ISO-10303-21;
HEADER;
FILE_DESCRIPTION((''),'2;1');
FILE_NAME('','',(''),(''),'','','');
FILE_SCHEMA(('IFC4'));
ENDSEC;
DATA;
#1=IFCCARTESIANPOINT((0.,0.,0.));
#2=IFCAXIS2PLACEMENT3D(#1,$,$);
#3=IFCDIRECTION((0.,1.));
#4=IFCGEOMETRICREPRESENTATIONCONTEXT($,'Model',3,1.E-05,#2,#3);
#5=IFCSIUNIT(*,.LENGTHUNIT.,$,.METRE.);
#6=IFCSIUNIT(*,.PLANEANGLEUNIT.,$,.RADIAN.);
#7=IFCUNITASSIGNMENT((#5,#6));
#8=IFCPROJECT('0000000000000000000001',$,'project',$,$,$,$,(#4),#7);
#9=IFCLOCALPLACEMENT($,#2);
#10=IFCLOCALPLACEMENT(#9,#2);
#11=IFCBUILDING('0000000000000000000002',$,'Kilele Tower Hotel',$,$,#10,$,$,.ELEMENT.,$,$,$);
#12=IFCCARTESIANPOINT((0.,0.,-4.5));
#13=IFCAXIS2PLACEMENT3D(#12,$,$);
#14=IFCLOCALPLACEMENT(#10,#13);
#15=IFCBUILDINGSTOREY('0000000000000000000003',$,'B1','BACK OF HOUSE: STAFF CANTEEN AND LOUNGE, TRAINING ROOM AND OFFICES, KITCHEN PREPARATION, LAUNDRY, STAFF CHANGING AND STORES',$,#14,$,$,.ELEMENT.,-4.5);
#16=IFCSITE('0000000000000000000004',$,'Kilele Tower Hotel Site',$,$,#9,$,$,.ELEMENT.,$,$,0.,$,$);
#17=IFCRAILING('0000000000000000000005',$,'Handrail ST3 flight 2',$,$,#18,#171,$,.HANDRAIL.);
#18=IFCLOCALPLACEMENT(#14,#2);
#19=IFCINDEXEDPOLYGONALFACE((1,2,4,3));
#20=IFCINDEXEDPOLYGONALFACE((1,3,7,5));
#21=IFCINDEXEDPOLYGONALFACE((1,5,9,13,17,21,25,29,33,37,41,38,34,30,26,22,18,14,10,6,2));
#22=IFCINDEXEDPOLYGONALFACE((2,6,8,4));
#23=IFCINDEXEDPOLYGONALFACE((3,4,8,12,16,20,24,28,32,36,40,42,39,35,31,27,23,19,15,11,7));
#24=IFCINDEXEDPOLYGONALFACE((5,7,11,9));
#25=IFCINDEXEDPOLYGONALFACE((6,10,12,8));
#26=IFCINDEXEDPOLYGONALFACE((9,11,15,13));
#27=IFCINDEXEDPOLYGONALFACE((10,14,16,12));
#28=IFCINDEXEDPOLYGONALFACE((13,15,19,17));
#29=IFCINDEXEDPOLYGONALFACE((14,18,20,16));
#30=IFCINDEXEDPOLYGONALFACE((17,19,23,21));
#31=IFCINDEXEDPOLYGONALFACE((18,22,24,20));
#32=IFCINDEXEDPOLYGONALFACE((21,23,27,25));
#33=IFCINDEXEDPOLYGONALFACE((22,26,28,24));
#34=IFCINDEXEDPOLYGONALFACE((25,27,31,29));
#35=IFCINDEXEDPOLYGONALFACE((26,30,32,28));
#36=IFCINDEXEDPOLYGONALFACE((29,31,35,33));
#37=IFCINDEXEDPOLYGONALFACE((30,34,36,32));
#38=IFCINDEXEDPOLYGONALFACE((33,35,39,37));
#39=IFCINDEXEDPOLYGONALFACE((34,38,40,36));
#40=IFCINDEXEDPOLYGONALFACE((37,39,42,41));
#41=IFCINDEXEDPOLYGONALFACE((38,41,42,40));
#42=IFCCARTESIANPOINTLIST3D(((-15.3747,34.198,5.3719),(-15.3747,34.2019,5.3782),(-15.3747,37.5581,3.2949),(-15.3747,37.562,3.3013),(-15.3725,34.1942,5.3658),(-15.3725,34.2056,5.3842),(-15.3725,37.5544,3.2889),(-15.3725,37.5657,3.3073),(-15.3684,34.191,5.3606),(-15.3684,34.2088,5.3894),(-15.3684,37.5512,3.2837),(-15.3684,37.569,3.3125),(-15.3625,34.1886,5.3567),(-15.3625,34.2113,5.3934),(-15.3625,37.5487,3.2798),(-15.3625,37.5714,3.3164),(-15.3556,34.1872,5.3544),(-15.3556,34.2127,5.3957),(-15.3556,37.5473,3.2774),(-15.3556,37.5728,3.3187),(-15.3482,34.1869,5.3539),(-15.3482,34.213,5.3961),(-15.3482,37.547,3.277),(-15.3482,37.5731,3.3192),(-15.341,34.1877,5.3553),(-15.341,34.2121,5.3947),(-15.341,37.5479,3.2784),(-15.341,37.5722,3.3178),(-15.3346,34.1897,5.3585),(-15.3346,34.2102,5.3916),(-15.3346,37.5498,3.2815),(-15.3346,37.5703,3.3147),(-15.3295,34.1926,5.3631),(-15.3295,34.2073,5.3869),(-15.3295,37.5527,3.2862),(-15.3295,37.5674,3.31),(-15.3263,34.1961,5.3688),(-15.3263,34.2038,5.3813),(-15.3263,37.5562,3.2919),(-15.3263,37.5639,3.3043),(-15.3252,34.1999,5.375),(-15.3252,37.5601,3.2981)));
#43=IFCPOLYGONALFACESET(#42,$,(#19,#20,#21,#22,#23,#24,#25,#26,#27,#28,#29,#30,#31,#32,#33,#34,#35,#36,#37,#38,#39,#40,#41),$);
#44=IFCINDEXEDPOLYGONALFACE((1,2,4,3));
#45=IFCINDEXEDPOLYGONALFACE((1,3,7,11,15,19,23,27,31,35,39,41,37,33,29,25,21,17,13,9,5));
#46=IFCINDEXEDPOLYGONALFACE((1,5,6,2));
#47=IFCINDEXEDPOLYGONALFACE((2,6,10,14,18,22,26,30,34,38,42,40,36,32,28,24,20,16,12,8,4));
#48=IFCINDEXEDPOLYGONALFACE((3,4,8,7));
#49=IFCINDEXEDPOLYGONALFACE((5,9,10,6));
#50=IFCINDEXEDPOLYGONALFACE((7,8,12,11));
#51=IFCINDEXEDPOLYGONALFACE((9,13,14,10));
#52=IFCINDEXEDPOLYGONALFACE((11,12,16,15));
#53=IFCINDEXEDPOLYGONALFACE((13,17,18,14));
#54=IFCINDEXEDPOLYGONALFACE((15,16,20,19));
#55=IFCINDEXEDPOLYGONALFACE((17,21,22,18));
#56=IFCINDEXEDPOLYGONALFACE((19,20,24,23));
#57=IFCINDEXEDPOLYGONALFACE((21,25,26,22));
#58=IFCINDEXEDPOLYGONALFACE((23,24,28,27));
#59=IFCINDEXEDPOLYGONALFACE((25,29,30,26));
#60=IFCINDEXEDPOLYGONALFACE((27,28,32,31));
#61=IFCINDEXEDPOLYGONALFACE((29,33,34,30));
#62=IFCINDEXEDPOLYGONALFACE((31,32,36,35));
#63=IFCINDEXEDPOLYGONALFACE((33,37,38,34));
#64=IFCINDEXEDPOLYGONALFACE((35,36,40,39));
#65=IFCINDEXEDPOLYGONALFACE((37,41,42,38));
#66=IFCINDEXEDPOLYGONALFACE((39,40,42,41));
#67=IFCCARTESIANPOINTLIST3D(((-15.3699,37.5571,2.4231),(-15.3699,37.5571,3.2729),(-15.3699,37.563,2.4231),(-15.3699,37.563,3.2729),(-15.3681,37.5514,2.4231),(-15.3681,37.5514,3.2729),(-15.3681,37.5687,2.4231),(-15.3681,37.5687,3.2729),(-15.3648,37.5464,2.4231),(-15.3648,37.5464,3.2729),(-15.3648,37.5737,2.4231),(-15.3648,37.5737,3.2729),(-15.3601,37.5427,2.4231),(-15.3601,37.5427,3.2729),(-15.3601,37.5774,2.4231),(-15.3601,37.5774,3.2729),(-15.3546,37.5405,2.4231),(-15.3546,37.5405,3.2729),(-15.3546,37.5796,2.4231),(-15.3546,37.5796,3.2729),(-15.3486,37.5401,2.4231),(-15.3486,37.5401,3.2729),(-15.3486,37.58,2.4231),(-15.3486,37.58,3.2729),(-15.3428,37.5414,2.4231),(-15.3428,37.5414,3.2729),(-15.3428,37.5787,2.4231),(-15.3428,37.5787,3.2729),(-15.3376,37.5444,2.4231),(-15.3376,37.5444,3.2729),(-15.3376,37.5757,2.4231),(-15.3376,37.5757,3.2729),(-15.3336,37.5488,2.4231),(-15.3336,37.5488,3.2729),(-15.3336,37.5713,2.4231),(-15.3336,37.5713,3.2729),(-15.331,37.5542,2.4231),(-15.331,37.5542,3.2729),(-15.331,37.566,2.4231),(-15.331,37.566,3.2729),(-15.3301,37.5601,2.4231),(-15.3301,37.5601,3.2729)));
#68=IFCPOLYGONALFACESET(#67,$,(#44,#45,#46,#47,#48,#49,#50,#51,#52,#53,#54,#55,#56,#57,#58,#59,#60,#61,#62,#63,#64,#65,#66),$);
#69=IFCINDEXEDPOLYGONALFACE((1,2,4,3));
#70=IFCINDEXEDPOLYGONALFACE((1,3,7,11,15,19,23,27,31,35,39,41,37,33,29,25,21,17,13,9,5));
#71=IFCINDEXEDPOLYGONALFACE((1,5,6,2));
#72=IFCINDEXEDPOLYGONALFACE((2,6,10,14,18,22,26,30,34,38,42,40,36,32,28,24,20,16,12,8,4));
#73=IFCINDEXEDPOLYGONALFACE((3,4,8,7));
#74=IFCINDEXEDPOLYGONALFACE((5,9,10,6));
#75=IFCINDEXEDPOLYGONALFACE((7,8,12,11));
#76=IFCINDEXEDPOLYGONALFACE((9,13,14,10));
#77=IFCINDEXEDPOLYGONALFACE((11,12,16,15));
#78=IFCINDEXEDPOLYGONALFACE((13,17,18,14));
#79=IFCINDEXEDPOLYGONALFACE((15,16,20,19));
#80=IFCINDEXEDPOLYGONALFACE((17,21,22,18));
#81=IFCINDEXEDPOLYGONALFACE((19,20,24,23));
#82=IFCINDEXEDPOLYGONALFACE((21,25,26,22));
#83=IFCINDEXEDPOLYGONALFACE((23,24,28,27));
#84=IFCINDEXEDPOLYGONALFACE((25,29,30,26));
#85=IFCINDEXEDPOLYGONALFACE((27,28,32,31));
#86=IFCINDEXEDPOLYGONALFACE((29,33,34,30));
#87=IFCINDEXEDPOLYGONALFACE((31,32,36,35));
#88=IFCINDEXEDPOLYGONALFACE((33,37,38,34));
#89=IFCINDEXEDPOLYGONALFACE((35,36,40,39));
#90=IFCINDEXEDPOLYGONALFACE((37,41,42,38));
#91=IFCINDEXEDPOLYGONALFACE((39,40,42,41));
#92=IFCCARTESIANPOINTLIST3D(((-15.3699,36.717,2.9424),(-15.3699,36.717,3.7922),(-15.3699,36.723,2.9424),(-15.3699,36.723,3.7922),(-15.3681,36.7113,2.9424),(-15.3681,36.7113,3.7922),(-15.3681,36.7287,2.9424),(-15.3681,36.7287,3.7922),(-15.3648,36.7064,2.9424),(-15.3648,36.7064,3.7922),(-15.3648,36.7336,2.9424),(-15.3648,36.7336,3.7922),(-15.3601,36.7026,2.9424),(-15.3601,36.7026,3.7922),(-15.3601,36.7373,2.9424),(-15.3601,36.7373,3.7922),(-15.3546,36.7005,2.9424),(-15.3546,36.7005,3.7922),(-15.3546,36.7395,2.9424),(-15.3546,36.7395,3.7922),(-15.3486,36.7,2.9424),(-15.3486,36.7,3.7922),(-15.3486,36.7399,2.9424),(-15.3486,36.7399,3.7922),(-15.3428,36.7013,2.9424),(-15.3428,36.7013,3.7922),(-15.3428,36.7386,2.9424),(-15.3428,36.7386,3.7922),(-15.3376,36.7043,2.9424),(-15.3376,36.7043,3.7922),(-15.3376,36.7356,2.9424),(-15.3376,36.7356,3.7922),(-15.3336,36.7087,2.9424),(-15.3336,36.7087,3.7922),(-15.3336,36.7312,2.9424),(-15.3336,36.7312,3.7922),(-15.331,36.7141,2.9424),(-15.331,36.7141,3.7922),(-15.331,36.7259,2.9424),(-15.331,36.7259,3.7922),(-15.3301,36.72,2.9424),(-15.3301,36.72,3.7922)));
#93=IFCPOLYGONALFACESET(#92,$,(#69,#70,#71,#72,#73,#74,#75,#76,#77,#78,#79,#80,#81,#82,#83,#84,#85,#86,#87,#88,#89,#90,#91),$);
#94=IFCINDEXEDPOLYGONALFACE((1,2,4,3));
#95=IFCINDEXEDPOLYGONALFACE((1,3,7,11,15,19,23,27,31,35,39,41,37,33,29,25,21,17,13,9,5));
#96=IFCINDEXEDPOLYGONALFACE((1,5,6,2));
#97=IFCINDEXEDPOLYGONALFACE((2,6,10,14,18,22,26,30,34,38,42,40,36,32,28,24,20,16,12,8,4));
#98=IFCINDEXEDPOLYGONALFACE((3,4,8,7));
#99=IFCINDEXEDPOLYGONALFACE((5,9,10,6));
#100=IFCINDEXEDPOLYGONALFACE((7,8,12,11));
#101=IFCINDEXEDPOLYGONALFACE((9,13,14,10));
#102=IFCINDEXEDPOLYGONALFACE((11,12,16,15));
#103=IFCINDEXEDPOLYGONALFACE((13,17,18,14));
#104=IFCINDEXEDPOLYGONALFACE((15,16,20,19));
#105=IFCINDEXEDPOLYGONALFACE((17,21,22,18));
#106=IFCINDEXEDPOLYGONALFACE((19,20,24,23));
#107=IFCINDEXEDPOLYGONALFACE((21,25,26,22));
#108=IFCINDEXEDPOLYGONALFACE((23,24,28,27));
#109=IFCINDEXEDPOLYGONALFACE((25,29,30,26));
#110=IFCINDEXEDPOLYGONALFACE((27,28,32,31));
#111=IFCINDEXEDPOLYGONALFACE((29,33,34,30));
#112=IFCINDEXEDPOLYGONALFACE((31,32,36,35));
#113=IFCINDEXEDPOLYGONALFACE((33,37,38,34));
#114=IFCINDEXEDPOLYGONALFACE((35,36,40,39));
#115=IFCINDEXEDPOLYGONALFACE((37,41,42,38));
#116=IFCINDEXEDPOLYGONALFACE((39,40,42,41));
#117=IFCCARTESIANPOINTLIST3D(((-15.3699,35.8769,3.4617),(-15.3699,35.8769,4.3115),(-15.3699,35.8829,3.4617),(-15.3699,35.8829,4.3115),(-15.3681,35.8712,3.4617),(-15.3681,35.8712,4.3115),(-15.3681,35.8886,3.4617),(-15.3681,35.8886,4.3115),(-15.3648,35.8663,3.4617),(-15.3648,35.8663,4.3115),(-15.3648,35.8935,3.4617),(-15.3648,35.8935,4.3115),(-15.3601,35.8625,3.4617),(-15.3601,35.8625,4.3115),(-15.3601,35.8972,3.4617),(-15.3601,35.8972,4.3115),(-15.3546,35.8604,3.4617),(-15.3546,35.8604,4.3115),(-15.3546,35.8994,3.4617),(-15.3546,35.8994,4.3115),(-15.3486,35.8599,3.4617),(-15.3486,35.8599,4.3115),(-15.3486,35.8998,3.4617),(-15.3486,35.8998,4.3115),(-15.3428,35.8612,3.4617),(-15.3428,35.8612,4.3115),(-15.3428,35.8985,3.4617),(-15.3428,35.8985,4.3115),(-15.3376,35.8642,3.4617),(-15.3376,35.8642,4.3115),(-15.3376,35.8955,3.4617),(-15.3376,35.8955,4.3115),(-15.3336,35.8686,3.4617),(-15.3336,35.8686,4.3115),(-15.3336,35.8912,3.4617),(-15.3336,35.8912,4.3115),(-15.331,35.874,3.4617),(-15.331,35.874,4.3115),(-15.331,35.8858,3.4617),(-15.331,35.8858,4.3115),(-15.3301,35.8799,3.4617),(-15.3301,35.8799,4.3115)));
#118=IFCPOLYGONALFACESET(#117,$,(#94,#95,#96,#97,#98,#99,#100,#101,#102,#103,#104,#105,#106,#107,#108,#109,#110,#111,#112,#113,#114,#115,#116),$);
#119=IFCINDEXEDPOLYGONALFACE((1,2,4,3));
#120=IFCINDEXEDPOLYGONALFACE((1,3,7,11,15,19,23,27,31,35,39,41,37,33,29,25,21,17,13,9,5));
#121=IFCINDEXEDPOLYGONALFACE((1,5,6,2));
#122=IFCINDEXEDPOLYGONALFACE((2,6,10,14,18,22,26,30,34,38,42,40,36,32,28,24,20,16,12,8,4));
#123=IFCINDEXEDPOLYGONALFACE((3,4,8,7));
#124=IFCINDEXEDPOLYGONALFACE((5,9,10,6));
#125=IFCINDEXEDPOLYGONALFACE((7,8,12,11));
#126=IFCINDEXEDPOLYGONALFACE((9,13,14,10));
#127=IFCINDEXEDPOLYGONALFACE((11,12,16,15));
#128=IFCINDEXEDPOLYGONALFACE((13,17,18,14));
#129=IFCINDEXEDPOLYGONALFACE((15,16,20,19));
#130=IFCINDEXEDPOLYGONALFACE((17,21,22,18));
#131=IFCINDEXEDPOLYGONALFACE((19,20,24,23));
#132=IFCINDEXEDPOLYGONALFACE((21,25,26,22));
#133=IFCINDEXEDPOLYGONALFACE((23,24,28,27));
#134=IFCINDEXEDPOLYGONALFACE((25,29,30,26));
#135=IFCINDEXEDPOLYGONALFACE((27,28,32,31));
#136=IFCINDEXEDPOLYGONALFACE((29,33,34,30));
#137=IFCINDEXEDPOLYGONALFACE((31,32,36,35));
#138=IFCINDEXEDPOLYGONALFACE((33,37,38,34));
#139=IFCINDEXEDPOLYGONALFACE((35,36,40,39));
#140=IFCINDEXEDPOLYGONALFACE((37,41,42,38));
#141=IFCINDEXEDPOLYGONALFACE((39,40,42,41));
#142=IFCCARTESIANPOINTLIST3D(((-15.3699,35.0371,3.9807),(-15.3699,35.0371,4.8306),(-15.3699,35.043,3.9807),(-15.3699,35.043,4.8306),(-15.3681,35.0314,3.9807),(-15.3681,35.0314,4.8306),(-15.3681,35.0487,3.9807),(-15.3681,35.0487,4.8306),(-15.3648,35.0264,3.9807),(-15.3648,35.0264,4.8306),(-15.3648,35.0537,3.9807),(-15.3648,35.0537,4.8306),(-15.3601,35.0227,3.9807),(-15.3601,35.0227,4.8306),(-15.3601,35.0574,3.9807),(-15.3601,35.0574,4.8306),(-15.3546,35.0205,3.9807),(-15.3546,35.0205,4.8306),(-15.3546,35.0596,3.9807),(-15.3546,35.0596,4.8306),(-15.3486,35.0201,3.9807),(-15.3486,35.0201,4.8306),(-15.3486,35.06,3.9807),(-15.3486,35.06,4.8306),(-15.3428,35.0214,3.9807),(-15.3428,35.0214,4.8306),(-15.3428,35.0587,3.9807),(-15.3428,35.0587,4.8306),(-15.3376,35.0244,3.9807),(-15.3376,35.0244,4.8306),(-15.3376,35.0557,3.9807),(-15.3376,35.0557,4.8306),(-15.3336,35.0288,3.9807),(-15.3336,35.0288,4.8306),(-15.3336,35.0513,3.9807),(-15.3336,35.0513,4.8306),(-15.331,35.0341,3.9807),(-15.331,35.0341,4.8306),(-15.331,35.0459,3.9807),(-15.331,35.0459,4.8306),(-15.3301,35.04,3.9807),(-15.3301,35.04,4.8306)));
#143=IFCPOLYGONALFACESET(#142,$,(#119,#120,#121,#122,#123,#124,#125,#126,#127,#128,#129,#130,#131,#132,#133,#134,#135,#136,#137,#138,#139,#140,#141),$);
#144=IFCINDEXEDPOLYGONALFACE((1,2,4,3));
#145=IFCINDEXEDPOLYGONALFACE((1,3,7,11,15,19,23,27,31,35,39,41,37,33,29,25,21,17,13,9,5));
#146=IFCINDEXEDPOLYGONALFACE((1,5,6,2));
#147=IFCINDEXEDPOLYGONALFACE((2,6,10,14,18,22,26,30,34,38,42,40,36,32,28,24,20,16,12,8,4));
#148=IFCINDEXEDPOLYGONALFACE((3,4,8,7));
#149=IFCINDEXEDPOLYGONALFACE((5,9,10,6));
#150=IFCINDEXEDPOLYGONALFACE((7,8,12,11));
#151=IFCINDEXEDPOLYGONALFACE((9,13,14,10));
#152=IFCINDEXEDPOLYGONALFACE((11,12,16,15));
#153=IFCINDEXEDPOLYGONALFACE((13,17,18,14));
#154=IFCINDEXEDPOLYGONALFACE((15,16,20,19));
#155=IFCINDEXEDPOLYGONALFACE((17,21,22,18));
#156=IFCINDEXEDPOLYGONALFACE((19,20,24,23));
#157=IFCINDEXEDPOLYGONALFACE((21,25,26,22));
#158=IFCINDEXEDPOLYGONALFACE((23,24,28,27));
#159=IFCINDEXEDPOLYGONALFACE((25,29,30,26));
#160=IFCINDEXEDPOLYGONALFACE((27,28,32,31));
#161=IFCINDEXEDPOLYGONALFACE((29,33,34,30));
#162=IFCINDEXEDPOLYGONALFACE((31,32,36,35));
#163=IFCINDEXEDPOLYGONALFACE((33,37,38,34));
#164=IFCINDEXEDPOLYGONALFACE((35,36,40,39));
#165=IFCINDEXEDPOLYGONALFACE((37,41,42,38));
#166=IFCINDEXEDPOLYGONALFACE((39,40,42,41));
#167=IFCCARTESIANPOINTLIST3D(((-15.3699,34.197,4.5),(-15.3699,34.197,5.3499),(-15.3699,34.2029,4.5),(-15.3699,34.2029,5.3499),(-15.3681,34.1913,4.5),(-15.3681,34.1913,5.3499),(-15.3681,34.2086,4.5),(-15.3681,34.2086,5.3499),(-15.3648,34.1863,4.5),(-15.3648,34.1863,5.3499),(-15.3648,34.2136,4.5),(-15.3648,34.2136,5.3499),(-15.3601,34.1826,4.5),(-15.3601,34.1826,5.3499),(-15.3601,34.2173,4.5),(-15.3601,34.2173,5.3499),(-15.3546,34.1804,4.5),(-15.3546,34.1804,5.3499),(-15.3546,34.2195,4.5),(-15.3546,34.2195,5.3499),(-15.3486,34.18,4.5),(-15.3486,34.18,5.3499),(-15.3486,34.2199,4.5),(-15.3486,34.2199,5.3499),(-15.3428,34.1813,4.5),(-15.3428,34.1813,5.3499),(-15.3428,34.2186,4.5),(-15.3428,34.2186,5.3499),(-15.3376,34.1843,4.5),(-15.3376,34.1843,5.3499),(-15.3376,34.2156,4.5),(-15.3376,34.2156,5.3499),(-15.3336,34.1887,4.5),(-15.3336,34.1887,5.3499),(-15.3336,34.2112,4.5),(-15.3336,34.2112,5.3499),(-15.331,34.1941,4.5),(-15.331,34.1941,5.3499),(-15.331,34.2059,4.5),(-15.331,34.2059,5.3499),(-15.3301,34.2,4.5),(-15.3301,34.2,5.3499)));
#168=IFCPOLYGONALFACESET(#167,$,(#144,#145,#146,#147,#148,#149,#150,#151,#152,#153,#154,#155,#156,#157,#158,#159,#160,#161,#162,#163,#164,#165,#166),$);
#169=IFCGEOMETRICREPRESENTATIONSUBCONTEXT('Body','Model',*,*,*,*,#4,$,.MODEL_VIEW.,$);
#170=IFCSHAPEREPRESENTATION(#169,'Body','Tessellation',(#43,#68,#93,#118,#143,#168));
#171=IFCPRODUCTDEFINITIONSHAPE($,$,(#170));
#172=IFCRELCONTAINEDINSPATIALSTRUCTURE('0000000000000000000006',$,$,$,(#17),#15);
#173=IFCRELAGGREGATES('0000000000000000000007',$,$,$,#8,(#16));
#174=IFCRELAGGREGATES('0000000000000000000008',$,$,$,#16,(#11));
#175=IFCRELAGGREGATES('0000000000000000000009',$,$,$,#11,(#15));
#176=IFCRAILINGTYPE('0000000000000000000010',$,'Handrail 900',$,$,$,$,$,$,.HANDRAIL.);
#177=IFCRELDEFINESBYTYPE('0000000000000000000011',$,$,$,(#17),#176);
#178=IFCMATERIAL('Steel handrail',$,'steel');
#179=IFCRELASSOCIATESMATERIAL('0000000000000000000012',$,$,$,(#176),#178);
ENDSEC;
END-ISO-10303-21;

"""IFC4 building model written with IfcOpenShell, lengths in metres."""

from ifc_helpers import new_model, si_unit, direction, frame, origin, origin_2d, place, context, subcontext, project, spatial, circle, extrude, material, type_object, element, save


model = new_model("IFC4")

# Units and contexts
model_context = context("Model", 3, precision=1e-05, world=origin(), true_north=direction((0.0, 1.0)))
body_context = subcontext(model_context, "Body", "Model", "MODEL_VIEW")
ifc_project = project(units=[si_unit("LENGTHUNIT", "METRE"), si_unit("PLANEANGLEUNIT", "RADIAN")], contexts=[model_context])

# Site, building, storey
site_placement = place(None, origin())
site = spatial("IfcSite", under=ifc_project, at=site_placement, Name="Kilele Tower Hotel Site", CompositionType="ELEMENT", RefElevation=0.0)
building_placement = place(site_placement, origin())
building = spatial("IfcBuilding", under=site, at=building_placement, Name="Kilele Tower Hotel", CompositionType="ELEMENT")
storey_placement = place(building_placement, frame((0.0, 0.0, -4.5)))
storey = spatial("IfcBuildingStorey", under=building, at=storey_placement, Name="B1", Description="BACK OF HOUSE: STAFF CANTEEN AND LOUNGE, TRAINING ROOM AND OFFICES, KITCHEN PREPARATION, LAUNDRY, STAFF CHANGING AND STORES", CompositionType="ELEMENT", Elevation=-4.5)

# Railing
ifc_material_1 = material(Name="Steel handrail", Category="steel")
railing_type_1 = type_object("IfcRailingType", Name="Handrail 900", PredefinedType="HANDRAIL", material=ifc_material_1)
for number, where, name in (
    (1, (-15.3501, 37.5601, 2.4231), "Handrail ST3 flight 2"),
):
    element("IfcRailing", number, at=place(storey_placement, frame(where)), inside=storey, type_object=railing_type_1, Name=name, PredefinedType="HANDRAIL", context=body_context, shape_type="SweptSolid", body=[
        extrude(circle(Radius=0.0249, at=origin_2d()), frame((0.0, 0.0, 0.875), z_axis=(0.0, -0.850623, 0.525776), x_axis=(1.0, 0.0, 0.0)), (0.0, 0.0, 1.0), 3.9502),
        extrude(circle(Radius=0.02, at=origin_2d()), origin(), (0.0, 0.0, 1.0), 0.8499),
        extrude(circle(Radius=0.02, at=origin_2d()), frame((0.0, -0.8401, 0.5193)), (0.0, 0.0, 1.0), 0.8499),
        extrude(circle(Radius=0.02, at=origin_2d()), frame((0.0, -1.6802, 1.0386)), (0.0, 0.0, 1.0), 0.8499),
        extrude(circle(Radius=0.02, at=origin_2d()), frame((0.0, -2.52, 1.5576)), (0.0, 0.0, 1.0), 0.8499),
        extrude(circle(Radius=0.02, at=origin_2d()), frame((0.0, -3.3601, 2.0769)), (0.0, 0.0, 1.0), 0.8499),
    ])

save(model, "model.ifc")
